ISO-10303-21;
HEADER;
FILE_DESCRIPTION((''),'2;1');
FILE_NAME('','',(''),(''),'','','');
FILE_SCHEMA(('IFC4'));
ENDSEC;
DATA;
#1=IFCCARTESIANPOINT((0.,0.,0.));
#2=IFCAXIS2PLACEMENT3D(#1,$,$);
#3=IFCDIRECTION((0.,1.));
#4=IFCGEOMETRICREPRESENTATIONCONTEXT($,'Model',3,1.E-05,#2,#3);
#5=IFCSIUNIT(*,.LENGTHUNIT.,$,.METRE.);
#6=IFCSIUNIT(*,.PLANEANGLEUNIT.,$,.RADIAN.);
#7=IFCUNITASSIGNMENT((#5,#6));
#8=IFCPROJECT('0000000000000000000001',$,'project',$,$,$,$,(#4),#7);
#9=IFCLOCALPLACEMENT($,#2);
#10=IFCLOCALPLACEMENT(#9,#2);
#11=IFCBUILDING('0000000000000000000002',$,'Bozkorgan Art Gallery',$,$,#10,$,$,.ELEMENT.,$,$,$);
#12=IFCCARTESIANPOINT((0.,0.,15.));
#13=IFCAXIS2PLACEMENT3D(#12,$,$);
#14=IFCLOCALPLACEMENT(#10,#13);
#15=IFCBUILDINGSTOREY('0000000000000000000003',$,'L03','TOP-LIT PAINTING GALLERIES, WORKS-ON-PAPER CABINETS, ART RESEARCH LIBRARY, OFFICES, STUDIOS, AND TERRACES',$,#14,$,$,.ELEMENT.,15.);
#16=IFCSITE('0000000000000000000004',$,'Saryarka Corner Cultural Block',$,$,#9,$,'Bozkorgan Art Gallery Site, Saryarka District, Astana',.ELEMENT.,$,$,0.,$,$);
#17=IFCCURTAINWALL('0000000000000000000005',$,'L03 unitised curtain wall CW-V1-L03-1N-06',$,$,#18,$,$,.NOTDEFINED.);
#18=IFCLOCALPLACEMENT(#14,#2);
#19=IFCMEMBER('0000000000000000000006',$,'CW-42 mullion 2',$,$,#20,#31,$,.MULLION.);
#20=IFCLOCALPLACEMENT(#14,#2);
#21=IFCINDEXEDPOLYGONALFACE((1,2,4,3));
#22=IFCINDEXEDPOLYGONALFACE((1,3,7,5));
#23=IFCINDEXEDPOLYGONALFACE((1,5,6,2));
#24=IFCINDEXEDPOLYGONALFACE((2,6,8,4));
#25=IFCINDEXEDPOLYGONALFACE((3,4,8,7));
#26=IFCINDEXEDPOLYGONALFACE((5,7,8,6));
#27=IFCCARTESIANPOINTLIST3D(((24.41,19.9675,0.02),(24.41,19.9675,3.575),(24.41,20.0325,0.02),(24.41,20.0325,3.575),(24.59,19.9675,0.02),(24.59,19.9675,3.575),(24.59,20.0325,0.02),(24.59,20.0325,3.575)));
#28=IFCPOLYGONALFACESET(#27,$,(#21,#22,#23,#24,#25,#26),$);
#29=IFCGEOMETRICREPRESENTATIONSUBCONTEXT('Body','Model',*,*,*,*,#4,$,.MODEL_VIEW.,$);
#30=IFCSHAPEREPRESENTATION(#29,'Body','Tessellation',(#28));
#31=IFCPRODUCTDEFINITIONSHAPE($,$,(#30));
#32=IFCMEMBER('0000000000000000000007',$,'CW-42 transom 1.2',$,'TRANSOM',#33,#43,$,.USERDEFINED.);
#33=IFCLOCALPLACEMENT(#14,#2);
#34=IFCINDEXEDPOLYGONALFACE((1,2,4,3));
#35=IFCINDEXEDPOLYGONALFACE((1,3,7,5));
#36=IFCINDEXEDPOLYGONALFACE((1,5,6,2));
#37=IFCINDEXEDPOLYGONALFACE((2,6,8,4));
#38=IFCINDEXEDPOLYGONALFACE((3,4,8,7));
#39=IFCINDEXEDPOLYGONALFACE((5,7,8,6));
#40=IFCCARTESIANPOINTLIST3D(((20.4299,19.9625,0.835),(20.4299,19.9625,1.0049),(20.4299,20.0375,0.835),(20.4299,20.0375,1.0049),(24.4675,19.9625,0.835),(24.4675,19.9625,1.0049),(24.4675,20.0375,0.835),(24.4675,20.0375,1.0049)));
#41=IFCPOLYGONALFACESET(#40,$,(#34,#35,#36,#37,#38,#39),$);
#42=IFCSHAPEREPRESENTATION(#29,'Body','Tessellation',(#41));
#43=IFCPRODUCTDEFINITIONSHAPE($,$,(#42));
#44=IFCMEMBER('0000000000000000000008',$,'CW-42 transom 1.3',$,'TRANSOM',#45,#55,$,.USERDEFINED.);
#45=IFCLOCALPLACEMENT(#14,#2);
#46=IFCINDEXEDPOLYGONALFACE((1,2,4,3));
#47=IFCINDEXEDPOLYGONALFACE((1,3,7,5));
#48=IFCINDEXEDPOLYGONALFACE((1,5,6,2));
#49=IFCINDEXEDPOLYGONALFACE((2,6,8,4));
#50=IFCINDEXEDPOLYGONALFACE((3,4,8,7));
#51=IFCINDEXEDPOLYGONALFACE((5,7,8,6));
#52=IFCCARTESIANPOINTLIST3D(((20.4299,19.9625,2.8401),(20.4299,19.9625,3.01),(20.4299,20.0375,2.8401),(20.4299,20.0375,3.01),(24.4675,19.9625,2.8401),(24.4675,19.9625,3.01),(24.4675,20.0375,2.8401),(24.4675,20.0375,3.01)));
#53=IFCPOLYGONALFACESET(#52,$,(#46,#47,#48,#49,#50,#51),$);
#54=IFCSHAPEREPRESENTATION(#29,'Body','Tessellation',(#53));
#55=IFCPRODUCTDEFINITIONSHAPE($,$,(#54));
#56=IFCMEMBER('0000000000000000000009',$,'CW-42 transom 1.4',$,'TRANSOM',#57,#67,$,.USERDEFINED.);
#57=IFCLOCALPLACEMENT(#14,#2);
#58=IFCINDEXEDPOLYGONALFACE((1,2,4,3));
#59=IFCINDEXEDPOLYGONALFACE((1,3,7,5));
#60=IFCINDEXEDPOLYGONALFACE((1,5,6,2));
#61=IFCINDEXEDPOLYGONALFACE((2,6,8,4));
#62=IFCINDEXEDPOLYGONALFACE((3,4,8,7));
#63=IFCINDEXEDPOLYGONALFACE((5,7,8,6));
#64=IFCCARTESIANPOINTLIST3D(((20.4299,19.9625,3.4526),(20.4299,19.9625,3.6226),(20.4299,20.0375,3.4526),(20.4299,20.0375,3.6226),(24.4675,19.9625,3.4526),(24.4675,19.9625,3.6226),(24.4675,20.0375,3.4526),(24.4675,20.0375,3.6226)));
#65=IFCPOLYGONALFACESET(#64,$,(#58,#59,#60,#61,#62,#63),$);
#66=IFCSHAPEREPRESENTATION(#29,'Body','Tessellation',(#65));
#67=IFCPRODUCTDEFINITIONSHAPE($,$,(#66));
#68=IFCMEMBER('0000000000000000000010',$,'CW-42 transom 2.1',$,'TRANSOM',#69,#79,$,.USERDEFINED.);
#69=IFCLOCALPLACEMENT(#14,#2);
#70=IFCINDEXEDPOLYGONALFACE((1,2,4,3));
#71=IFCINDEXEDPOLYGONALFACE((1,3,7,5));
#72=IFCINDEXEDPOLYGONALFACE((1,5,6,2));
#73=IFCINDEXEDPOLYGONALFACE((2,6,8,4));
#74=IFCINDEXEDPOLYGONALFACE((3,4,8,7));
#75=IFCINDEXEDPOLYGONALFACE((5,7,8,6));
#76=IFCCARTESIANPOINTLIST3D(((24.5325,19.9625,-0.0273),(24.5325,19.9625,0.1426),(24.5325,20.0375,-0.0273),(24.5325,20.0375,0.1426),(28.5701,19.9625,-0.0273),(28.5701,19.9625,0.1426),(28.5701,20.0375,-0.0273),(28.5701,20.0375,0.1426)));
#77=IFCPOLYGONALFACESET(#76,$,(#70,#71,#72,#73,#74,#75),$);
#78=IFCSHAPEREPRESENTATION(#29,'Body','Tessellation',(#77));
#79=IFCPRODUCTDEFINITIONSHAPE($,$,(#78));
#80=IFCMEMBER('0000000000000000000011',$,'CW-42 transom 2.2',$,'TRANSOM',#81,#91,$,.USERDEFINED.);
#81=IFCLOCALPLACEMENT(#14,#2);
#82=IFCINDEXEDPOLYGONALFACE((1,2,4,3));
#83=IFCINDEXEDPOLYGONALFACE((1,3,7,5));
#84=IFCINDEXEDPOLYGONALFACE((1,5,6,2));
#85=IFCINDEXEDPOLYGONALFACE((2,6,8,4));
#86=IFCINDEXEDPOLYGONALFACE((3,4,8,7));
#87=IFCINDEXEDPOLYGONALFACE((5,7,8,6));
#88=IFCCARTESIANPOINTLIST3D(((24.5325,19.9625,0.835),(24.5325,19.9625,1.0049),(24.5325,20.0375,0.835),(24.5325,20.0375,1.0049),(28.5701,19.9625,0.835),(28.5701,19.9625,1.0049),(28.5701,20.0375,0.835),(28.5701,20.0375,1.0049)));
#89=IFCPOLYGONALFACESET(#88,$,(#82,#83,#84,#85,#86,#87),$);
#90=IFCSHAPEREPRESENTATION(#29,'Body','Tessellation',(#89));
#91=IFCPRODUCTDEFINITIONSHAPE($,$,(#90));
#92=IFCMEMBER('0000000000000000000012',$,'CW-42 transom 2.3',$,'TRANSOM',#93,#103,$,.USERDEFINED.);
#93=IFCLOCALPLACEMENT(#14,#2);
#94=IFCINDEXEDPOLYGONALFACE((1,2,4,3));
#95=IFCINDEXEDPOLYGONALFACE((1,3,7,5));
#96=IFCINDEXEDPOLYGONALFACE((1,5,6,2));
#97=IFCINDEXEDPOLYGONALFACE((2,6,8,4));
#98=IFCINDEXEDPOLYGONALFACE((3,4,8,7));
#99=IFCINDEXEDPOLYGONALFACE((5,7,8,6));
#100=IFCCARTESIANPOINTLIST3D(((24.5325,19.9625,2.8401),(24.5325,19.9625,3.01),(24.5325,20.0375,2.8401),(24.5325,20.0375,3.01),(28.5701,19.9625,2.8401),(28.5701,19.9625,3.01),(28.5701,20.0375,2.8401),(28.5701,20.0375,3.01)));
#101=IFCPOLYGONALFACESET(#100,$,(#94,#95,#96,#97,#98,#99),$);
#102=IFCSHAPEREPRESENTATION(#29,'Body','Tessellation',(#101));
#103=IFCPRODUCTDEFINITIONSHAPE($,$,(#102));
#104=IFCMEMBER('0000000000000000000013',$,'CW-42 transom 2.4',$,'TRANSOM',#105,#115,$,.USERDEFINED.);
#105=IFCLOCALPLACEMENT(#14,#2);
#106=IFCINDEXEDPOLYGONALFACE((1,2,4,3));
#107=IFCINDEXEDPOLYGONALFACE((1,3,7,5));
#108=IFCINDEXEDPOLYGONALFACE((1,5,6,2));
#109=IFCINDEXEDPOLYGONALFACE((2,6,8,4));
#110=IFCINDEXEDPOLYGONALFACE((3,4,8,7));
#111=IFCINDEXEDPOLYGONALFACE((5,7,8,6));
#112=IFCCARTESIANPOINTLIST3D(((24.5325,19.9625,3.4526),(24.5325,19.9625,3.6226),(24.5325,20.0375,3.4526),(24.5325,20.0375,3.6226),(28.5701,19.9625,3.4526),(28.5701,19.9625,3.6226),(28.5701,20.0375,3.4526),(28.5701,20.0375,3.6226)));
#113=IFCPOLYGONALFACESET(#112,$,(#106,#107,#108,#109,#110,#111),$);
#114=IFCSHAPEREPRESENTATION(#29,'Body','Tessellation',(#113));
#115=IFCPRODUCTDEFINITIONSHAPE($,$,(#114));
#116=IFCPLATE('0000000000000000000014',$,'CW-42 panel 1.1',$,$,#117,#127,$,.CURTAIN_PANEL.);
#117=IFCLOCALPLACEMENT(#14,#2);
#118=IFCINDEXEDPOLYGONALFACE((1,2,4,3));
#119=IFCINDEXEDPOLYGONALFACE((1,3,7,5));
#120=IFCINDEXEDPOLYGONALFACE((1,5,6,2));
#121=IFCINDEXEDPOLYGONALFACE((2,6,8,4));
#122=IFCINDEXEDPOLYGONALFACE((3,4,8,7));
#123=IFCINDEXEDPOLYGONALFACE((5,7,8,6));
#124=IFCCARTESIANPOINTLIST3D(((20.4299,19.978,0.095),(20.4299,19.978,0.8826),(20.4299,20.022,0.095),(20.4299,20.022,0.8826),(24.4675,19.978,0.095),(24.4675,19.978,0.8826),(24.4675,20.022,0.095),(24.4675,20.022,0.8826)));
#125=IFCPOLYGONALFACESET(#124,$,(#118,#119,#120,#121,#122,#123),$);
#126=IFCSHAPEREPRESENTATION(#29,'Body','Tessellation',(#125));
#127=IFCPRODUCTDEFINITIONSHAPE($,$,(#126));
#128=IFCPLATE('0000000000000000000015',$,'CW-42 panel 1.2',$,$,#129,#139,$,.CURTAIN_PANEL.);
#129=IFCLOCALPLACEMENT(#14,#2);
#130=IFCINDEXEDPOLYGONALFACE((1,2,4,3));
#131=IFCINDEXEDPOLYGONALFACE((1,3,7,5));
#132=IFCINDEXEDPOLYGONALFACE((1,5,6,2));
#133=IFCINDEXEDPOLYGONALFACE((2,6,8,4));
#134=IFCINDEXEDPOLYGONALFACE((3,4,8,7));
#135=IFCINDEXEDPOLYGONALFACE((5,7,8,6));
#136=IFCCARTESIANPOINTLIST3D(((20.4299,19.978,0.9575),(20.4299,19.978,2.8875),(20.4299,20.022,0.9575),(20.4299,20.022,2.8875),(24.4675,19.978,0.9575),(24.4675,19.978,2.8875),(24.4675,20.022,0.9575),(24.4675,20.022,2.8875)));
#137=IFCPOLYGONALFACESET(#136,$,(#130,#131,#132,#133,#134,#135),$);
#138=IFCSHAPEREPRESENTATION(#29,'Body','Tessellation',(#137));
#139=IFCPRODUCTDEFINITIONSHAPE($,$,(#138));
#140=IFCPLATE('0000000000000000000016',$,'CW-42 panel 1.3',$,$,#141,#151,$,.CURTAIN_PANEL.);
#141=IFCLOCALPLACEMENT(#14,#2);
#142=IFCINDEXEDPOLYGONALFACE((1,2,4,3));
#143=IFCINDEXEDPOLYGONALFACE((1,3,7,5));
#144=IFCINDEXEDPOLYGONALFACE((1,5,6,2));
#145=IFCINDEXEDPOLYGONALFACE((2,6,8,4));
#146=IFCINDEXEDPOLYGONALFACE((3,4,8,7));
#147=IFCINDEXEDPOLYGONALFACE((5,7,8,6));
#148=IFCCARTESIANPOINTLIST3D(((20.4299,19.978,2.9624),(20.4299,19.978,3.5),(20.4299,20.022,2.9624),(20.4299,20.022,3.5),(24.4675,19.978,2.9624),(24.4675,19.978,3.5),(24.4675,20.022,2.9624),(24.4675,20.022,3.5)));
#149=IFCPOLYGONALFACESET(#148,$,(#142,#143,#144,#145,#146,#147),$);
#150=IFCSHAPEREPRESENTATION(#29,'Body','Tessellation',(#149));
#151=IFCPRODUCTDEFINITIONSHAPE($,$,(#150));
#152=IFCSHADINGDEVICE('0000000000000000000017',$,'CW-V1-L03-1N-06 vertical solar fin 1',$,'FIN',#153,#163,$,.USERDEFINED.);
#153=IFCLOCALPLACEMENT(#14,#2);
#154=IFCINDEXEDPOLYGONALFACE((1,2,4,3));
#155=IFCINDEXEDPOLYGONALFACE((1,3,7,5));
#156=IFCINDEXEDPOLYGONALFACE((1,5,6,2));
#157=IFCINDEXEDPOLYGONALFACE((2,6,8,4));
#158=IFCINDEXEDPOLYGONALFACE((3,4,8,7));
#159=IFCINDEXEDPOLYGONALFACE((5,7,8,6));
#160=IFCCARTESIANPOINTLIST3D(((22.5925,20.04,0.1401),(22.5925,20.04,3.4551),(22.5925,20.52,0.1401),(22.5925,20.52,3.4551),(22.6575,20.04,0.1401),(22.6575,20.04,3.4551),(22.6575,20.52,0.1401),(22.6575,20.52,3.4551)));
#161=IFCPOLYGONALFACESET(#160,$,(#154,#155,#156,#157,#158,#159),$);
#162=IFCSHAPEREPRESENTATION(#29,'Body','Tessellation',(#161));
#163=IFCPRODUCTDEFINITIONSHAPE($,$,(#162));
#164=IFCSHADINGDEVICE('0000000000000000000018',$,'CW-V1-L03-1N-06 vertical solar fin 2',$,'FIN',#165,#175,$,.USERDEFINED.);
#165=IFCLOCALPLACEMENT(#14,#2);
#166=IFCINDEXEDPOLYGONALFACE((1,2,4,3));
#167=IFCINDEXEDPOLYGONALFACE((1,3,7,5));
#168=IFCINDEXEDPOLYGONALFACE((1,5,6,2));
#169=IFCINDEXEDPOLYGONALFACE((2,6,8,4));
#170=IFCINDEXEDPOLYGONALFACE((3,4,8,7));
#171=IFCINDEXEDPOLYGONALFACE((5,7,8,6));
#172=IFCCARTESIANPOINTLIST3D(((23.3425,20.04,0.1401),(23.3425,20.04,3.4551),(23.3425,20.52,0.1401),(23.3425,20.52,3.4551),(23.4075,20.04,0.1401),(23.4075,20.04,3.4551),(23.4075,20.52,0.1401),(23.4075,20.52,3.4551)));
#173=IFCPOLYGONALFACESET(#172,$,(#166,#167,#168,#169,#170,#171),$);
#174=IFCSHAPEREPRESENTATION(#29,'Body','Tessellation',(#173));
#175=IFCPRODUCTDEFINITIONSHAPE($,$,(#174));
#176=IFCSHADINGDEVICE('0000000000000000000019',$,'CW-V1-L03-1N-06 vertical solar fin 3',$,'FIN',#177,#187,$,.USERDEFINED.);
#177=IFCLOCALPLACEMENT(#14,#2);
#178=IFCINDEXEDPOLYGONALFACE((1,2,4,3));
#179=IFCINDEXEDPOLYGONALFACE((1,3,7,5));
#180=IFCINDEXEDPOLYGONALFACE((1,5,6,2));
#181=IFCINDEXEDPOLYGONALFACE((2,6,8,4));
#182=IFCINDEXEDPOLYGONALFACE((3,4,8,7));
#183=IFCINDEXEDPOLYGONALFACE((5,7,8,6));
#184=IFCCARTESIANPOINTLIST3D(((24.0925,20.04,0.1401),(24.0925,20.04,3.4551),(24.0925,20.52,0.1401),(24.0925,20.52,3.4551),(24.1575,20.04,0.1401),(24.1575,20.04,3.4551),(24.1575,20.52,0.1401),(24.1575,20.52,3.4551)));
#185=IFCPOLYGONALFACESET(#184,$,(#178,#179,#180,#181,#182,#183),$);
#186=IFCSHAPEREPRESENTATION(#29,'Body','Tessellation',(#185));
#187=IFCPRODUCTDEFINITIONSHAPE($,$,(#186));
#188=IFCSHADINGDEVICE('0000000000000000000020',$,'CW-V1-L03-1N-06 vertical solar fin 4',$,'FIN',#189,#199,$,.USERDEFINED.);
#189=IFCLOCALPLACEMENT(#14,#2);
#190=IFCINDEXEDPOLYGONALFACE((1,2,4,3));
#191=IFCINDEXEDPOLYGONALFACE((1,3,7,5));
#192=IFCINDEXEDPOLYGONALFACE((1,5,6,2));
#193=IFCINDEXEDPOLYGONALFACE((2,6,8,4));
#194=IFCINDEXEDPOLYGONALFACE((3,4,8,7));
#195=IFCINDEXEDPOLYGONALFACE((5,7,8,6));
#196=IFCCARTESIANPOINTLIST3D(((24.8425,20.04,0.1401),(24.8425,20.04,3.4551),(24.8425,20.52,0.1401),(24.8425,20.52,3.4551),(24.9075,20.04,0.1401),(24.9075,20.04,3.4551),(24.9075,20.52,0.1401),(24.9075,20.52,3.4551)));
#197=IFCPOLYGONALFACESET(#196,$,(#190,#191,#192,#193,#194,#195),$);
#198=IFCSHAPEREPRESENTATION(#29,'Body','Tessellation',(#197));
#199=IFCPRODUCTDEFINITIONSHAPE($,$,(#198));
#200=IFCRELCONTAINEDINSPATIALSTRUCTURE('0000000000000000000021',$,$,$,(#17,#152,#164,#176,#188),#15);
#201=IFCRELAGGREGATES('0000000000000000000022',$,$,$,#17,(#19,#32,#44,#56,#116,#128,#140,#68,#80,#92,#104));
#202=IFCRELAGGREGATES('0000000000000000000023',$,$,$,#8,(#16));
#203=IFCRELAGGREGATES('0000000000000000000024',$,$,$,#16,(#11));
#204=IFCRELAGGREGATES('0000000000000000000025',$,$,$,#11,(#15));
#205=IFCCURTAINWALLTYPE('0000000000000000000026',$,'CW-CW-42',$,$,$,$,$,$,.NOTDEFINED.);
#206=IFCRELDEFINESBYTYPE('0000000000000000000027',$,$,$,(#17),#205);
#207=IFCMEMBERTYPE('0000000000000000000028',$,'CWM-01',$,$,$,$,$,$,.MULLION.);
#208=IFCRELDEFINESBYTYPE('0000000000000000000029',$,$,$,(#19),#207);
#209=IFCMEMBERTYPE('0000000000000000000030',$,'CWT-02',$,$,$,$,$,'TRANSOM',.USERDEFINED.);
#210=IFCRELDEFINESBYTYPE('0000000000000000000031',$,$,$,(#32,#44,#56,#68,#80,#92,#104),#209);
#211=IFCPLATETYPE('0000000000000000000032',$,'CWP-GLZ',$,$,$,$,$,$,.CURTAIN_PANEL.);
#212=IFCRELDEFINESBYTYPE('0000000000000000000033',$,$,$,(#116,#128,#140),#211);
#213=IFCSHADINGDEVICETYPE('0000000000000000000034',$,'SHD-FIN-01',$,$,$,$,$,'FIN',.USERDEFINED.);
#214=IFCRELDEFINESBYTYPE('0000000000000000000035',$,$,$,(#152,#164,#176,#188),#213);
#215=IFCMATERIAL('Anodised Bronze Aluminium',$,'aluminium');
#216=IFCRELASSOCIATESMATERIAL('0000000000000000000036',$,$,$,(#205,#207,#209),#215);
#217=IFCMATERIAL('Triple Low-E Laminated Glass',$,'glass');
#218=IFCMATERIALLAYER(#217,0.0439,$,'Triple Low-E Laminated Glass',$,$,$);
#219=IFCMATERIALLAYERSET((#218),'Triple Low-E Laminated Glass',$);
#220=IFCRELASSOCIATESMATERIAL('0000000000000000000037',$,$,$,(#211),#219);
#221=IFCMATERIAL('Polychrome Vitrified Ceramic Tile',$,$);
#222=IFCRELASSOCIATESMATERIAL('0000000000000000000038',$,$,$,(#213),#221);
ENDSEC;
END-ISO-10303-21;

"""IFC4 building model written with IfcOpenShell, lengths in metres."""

from ifc_helpers import new_model, si_unit, direction, frame, origin, origin_2d, place, context, subcontext, project, spatial, rectangle, extrude, material, layer, layer_set, material_profile, profile_set, type_object, element, aggregate, save


model = new_model("IFC4")

# Units and contexts
model_context = context("Model", 3, precision=1e-05, world=origin(), true_north=direction((0.0, 1.0)))
body_context = subcontext(model_context, "Body", "Model", "MODEL_VIEW")
ifc_project = project(units=[si_unit("LENGTHUNIT", "METRE"), si_unit("PLANEANGLEUNIT", "RADIAN")], contexts=[model_context])

# Site, building, storey
site_placement = place(None, origin())
site = spatial("IfcSite", under=ifc_project, at=site_placement, Name="Saryarka Corner Cultural Block", LongName="Bozkorgan Art Gallery Site, Saryarka District, Astana", CompositionType="ELEMENT", RefElevation=0.0)
building_placement = place(site_placement, origin())
building = spatial("IfcBuilding", under=site, at=building_placement, Name="Bozkorgan Art Gallery", CompositionType="ELEMENT")
storey_placement = place(building_placement, frame((0.0, 0.0, 15.0)))
storey = spatial("IfcBuildingStorey", under=building, at=storey_placement, Name="L03", Description="TOP-LIT PAINTING GALLERIES, WORKS-ON-PAPER CABINETS, ART RESEARCH LIBRARY, OFFICES, STUDIOS, AND TERRACES", CompositionType="ELEMENT", Elevation=15.0)

# Curtain wall, members, plates
ifc_material_1 = material(Name="Anodised Bronze Aluminium", Category="aluminium")
curtain_wall_type = type_object("IfcCurtainWallType", Name="CW-CW-42", PredefinedType="NOTDEFINED", material=ifc_material_1)
curtain_wall_placement = place(storey_placement, origin())
curtain_wall = element("IfcCurtainWall", 1, at=curtain_wall_placement, inside=storey, type_object=curtain_wall_type, Name="L03 unitised curtain wall CW-V1-L03-1N-06", PredefinedType="NOTDEFINED")
ifc_material_profile_1 = material_profile(ifc_material_1, rectangle(XDim=0.0649, YDim=0.1799, at=origin_2d()), Name="ALU MULLION 65x180")
ifc_profile_set_1 = profile_set([ifc_material_profile_1], Name="Anodised Bronze Aluminium")
member_type_1 = type_object("IfcMemberType", Name="CWM-01", PredefinedType="MULLION", material=ifc_profile_set_1)
member_1_placement = place(storey_placement, frame((24.5, 20.0, 0.02), z_axis=(0.0, 0.0, 1.0), x_axis=(0.0, 1.0, 0.0)))
member_1 = element("IfcMember", 2, at=member_1_placement, type_object=member_type_1, Name="CW-42 mullion 2", PredefinedType="MULLION", context=body_context, shape_type="SweptSolid", body=[
    extrude(rectangle(XDim=0.0649, YDim=0.1799, at=origin_2d()), origin(), (0.0, 0.0, 1.0), 3.5549),
])
ifc_material_profile_2 = material_profile(ifc_material_1, rectangle(XDim=0.075, YDim=0.1699, at=origin_2d()), Name="ALU TRANSOM 75x170")
ifc_profile_set_2 = profile_set([ifc_material_profile_2], Name="Anodised Bronze Aluminium")
member_type_2 = type_object("IfcMemberType", Name="CWT-02", ElementType="TRANSOM", PredefinedType="USERDEFINED", material=ifc_profile_set_2)
member_2_placement = place(storey_placement, frame((20.4299, 20.0, 0.9199), z_axis=(1.0, 0.0, 0.0), x_axis=(0.0, 1.0, 0.0)))
member_2 = element("IfcMember", 3, at=member_2_placement, type_object=member_type_2, Name="CW-42 transom 1.2", ObjectType="TRANSOM", PredefinedType="USERDEFINED", context=body_context, shape_type="SweptSolid", body=[
    extrude(rectangle(XDim=0.075, YDim=0.1699, at=origin_2d()), origin(), (0.0, 0.0, 1.0), 4.0376),
])
member_3_placement = place(storey_placement, frame((20.4299, 20.0, 2.925), z_axis=(1.0, 0.0, 0.0), x_axis=(0.0, 1.0, 0.0)))
member_3 = element("IfcMember", 4, at=member_3_placement, type_object=member_type_2, Name="CW-42 transom 1.3", ObjectType="TRANSOM", PredefinedType="USERDEFINED", context=body_context, shape_type="SweptSolid", body=[
    extrude(rectangle(XDim=0.075, YDim=0.1699, at=origin_2d()), origin(), (0.0, 0.0, 1.0), 4.0376),
])
member_4_placement = place(storey_placement, frame((20.4299, 20.0, 3.5376), z_axis=(1.0, 0.0, 0.0), x_axis=(0.0, 1.0, 0.0)))
member_4 = element("IfcMember", 5, at=member_4_placement, type_object=member_type_2, Name="CW-42 transom 1.4", ObjectType="TRANSOM", PredefinedType="USERDEFINED", context=body_context, shape_type="SweptSolid", body=[
    extrude(rectangle(XDim=0.075, YDim=0.1699, at=origin_2d()), origin(), (0.0, 0.0, 1.0), 4.0376),
])
member_5_placement = place(storey_placement, frame((24.5325, 20.0, 0.0576), z_axis=(1.0, 0.0, 0.0), x_axis=(0.0, 1.0, 0.0)))
member_5 = element("IfcMember", 6, at=member_5_placement, type_object=member_type_2, Name="CW-42 transom 2.1", ObjectType="TRANSOM", PredefinedType="USERDEFINED", context=body_context, shape_type="SweptSolid", body=[
    extrude(rectangle(XDim=0.075, YDim=0.1699, at=origin_2d()), origin(), (0.0, 0.0, 1.0), 4.0376),
])
member_6_placement = place(storey_placement, frame((24.5325, 20.0, 0.9199), z_axis=(1.0, 0.0, 0.0), x_axis=(0.0, 1.0, 0.0)))
member_6 = element("IfcMember", 7, at=member_6_placement, type_object=member_type_2, Name="CW-42 transom 2.2", ObjectType="TRANSOM", PredefinedType="USERDEFINED", context=body_context, shape_type="SweptSolid", body=[
    extrude(rectangle(XDim=0.075, YDim=0.1699, at=origin_2d()), origin(), (0.0, 0.0, 1.0), 4.0376),
])
member_7_placement = place(storey_placement, frame((24.5325, 20.0, 2.925), z_axis=(1.0, 0.0, 0.0), x_axis=(0.0, 1.0, 0.0)))
member_7 = element("IfcMember", 8, at=member_7_placement, type_object=member_type_2, Name="CW-42 transom 2.3", ObjectType="TRANSOM", PredefinedType="USERDEFINED", context=body_context, shape_type="SweptSolid", body=[
    extrude(rectangle(XDim=0.075, YDim=0.1699, at=origin_2d()), origin(), (0.0, 0.0, 1.0), 4.0376),
])
member_8_placement = place(storey_placement, frame((24.5325, 20.0, 3.5376), z_axis=(1.0, 0.0, 0.0), x_axis=(0.0, 1.0, 0.0)))
member_8 = element("IfcMember", 9, at=member_8_placement, type_object=member_type_2, Name="CW-42 transom 2.4", ObjectType="TRANSOM", PredefinedType="USERDEFINED", context=body_context, shape_type="SweptSolid", body=[
    extrude(rectangle(XDim=0.075, YDim=0.1699, at=origin_2d()), origin(), (0.0, 0.0, 1.0), 4.0376),
])
ifc_material_2 = material(Name="Triple Low-E Laminated Glass", Category="glass")
ifc_layer = layer(ifc_material_2, 0.0439, Name="Triple Low-E Laminated Glass")
ifc_layer_set = layer_set([ifc_layer], Name="Triple Low-E Laminated Glass")
plate_type = type_object("IfcPlateType", Name="CWP-GLZ", PredefinedType="CURTAIN_PANEL", material=ifc_layer_set)
plate_1_placement = place(storey_placement, frame((22.4487, 20.0, 0.095), z_axis=(0.0, 0.0, 1.0), x_axis=(1.0, 0.0, 0.0)))
plate_1 = element("IfcPlate", 10, at=plate_1_placement, type_object=plate_type, Name="CW-42 panel 1.1", PredefinedType="CURTAIN_PANEL", context=body_context, shape_type="SweptSolid", body=[
    extrude(rectangle(XDim=4.0376, YDim=0.0439, at=origin_2d()), origin(), (0.0, 0.0, 1.0), 0.7876),
])
plate_2_placement = place(storey_placement, frame((22.4487, 20.0, 0.9575), z_axis=(0.0, 0.0, 1.0), x_axis=(1.0, 0.0, 0.0)))
plate_2 = element("IfcPlate", 11, at=plate_2_placement, type_object=plate_type, Name="CW-42 panel 1.2", PredefinedType="CURTAIN_PANEL", context=body_context, shape_type="SweptSolid", body=[
    extrude(rectangle(XDim=4.0376, YDim=0.0439, at=origin_2d()), origin(), (0.0, 0.0, 1.0), 1.9299),
])
plate_3_placement = place(storey_placement, frame((22.4487, 20.0, 2.9624), z_axis=(0.0, 0.0, 1.0), x_axis=(1.0, 0.0, 0.0)))
plate_3 = element("IfcPlate", 12, at=plate_3_placement, type_object=plate_type, Name="CW-42 panel 1.3", PredefinedType="CURTAIN_PANEL", context=body_context, shape_type="SweptSolid", body=[
    extrude(rectangle(XDim=4.0376, YDim=0.0439, at=origin_2d()), origin(), (0.0, 0.0, 1.0), 0.5376),
])
aggregate(curtain_wall, [member_1, member_2, member_3, member_4, plate_1, plate_2, plate_3, member_5, member_6, member_7, member_8])

# Shading devices
ifc_material_3 = material(Name="Polychrome Vitrified Ceramic Tile")
shading_device_type = type_object("IfcShadingDeviceType", Name="SHD-FIN-01", ElementType="FIN", PredefinedType="USERDEFINED", material=ifc_material_3)
for number, where, z_axis, x_axis, name in (
    (13, (22.625, 20.28, 0.1401), (0.0, 0.0, 1.0), (0.0, 1.0, 0.0), "CW-V1-L03-1N-06 vertical solar fin 1"),
    (14, (23.375, 20.28, 0.1401), (0.0, 0.0, 1.0), (0.0, 1.0, 0.0), "CW-V1-L03-1N-06 vertical solar fin 2"),
    (15, (24.125, 20.28, 0.1401), (0.0, 0.0, 1.0), (0.0, 1.0, 0.0), "CW-V1-L03-1N-06 vertical solar fin 3"),
    (16, (24.875, 20.28, 0.1401), (0.0, 0.0, 1.0), (0.0, 1.0, 0.0), "CW-V1-L03-1N-06 vertical solar fin 4"),
):
    element("IfcShadingDevice", number, at=place(storey_placement, frame(where, z_axis=z_axis, x_axis=x_axis)), inside=storey, type_object=shading_device_type, Name=name, ObjectType="FIN", PredefinedType="USERDEFINED", context=body_context, shape_type="SweptSolid", body=[
        extrude(rectangle(XDim=0.48, YDim=0.0649, at=origin_2d()), origin(), (0.0, 0.0, 1.0), 3.3149),
    ])

save(model, "model.ifc")
